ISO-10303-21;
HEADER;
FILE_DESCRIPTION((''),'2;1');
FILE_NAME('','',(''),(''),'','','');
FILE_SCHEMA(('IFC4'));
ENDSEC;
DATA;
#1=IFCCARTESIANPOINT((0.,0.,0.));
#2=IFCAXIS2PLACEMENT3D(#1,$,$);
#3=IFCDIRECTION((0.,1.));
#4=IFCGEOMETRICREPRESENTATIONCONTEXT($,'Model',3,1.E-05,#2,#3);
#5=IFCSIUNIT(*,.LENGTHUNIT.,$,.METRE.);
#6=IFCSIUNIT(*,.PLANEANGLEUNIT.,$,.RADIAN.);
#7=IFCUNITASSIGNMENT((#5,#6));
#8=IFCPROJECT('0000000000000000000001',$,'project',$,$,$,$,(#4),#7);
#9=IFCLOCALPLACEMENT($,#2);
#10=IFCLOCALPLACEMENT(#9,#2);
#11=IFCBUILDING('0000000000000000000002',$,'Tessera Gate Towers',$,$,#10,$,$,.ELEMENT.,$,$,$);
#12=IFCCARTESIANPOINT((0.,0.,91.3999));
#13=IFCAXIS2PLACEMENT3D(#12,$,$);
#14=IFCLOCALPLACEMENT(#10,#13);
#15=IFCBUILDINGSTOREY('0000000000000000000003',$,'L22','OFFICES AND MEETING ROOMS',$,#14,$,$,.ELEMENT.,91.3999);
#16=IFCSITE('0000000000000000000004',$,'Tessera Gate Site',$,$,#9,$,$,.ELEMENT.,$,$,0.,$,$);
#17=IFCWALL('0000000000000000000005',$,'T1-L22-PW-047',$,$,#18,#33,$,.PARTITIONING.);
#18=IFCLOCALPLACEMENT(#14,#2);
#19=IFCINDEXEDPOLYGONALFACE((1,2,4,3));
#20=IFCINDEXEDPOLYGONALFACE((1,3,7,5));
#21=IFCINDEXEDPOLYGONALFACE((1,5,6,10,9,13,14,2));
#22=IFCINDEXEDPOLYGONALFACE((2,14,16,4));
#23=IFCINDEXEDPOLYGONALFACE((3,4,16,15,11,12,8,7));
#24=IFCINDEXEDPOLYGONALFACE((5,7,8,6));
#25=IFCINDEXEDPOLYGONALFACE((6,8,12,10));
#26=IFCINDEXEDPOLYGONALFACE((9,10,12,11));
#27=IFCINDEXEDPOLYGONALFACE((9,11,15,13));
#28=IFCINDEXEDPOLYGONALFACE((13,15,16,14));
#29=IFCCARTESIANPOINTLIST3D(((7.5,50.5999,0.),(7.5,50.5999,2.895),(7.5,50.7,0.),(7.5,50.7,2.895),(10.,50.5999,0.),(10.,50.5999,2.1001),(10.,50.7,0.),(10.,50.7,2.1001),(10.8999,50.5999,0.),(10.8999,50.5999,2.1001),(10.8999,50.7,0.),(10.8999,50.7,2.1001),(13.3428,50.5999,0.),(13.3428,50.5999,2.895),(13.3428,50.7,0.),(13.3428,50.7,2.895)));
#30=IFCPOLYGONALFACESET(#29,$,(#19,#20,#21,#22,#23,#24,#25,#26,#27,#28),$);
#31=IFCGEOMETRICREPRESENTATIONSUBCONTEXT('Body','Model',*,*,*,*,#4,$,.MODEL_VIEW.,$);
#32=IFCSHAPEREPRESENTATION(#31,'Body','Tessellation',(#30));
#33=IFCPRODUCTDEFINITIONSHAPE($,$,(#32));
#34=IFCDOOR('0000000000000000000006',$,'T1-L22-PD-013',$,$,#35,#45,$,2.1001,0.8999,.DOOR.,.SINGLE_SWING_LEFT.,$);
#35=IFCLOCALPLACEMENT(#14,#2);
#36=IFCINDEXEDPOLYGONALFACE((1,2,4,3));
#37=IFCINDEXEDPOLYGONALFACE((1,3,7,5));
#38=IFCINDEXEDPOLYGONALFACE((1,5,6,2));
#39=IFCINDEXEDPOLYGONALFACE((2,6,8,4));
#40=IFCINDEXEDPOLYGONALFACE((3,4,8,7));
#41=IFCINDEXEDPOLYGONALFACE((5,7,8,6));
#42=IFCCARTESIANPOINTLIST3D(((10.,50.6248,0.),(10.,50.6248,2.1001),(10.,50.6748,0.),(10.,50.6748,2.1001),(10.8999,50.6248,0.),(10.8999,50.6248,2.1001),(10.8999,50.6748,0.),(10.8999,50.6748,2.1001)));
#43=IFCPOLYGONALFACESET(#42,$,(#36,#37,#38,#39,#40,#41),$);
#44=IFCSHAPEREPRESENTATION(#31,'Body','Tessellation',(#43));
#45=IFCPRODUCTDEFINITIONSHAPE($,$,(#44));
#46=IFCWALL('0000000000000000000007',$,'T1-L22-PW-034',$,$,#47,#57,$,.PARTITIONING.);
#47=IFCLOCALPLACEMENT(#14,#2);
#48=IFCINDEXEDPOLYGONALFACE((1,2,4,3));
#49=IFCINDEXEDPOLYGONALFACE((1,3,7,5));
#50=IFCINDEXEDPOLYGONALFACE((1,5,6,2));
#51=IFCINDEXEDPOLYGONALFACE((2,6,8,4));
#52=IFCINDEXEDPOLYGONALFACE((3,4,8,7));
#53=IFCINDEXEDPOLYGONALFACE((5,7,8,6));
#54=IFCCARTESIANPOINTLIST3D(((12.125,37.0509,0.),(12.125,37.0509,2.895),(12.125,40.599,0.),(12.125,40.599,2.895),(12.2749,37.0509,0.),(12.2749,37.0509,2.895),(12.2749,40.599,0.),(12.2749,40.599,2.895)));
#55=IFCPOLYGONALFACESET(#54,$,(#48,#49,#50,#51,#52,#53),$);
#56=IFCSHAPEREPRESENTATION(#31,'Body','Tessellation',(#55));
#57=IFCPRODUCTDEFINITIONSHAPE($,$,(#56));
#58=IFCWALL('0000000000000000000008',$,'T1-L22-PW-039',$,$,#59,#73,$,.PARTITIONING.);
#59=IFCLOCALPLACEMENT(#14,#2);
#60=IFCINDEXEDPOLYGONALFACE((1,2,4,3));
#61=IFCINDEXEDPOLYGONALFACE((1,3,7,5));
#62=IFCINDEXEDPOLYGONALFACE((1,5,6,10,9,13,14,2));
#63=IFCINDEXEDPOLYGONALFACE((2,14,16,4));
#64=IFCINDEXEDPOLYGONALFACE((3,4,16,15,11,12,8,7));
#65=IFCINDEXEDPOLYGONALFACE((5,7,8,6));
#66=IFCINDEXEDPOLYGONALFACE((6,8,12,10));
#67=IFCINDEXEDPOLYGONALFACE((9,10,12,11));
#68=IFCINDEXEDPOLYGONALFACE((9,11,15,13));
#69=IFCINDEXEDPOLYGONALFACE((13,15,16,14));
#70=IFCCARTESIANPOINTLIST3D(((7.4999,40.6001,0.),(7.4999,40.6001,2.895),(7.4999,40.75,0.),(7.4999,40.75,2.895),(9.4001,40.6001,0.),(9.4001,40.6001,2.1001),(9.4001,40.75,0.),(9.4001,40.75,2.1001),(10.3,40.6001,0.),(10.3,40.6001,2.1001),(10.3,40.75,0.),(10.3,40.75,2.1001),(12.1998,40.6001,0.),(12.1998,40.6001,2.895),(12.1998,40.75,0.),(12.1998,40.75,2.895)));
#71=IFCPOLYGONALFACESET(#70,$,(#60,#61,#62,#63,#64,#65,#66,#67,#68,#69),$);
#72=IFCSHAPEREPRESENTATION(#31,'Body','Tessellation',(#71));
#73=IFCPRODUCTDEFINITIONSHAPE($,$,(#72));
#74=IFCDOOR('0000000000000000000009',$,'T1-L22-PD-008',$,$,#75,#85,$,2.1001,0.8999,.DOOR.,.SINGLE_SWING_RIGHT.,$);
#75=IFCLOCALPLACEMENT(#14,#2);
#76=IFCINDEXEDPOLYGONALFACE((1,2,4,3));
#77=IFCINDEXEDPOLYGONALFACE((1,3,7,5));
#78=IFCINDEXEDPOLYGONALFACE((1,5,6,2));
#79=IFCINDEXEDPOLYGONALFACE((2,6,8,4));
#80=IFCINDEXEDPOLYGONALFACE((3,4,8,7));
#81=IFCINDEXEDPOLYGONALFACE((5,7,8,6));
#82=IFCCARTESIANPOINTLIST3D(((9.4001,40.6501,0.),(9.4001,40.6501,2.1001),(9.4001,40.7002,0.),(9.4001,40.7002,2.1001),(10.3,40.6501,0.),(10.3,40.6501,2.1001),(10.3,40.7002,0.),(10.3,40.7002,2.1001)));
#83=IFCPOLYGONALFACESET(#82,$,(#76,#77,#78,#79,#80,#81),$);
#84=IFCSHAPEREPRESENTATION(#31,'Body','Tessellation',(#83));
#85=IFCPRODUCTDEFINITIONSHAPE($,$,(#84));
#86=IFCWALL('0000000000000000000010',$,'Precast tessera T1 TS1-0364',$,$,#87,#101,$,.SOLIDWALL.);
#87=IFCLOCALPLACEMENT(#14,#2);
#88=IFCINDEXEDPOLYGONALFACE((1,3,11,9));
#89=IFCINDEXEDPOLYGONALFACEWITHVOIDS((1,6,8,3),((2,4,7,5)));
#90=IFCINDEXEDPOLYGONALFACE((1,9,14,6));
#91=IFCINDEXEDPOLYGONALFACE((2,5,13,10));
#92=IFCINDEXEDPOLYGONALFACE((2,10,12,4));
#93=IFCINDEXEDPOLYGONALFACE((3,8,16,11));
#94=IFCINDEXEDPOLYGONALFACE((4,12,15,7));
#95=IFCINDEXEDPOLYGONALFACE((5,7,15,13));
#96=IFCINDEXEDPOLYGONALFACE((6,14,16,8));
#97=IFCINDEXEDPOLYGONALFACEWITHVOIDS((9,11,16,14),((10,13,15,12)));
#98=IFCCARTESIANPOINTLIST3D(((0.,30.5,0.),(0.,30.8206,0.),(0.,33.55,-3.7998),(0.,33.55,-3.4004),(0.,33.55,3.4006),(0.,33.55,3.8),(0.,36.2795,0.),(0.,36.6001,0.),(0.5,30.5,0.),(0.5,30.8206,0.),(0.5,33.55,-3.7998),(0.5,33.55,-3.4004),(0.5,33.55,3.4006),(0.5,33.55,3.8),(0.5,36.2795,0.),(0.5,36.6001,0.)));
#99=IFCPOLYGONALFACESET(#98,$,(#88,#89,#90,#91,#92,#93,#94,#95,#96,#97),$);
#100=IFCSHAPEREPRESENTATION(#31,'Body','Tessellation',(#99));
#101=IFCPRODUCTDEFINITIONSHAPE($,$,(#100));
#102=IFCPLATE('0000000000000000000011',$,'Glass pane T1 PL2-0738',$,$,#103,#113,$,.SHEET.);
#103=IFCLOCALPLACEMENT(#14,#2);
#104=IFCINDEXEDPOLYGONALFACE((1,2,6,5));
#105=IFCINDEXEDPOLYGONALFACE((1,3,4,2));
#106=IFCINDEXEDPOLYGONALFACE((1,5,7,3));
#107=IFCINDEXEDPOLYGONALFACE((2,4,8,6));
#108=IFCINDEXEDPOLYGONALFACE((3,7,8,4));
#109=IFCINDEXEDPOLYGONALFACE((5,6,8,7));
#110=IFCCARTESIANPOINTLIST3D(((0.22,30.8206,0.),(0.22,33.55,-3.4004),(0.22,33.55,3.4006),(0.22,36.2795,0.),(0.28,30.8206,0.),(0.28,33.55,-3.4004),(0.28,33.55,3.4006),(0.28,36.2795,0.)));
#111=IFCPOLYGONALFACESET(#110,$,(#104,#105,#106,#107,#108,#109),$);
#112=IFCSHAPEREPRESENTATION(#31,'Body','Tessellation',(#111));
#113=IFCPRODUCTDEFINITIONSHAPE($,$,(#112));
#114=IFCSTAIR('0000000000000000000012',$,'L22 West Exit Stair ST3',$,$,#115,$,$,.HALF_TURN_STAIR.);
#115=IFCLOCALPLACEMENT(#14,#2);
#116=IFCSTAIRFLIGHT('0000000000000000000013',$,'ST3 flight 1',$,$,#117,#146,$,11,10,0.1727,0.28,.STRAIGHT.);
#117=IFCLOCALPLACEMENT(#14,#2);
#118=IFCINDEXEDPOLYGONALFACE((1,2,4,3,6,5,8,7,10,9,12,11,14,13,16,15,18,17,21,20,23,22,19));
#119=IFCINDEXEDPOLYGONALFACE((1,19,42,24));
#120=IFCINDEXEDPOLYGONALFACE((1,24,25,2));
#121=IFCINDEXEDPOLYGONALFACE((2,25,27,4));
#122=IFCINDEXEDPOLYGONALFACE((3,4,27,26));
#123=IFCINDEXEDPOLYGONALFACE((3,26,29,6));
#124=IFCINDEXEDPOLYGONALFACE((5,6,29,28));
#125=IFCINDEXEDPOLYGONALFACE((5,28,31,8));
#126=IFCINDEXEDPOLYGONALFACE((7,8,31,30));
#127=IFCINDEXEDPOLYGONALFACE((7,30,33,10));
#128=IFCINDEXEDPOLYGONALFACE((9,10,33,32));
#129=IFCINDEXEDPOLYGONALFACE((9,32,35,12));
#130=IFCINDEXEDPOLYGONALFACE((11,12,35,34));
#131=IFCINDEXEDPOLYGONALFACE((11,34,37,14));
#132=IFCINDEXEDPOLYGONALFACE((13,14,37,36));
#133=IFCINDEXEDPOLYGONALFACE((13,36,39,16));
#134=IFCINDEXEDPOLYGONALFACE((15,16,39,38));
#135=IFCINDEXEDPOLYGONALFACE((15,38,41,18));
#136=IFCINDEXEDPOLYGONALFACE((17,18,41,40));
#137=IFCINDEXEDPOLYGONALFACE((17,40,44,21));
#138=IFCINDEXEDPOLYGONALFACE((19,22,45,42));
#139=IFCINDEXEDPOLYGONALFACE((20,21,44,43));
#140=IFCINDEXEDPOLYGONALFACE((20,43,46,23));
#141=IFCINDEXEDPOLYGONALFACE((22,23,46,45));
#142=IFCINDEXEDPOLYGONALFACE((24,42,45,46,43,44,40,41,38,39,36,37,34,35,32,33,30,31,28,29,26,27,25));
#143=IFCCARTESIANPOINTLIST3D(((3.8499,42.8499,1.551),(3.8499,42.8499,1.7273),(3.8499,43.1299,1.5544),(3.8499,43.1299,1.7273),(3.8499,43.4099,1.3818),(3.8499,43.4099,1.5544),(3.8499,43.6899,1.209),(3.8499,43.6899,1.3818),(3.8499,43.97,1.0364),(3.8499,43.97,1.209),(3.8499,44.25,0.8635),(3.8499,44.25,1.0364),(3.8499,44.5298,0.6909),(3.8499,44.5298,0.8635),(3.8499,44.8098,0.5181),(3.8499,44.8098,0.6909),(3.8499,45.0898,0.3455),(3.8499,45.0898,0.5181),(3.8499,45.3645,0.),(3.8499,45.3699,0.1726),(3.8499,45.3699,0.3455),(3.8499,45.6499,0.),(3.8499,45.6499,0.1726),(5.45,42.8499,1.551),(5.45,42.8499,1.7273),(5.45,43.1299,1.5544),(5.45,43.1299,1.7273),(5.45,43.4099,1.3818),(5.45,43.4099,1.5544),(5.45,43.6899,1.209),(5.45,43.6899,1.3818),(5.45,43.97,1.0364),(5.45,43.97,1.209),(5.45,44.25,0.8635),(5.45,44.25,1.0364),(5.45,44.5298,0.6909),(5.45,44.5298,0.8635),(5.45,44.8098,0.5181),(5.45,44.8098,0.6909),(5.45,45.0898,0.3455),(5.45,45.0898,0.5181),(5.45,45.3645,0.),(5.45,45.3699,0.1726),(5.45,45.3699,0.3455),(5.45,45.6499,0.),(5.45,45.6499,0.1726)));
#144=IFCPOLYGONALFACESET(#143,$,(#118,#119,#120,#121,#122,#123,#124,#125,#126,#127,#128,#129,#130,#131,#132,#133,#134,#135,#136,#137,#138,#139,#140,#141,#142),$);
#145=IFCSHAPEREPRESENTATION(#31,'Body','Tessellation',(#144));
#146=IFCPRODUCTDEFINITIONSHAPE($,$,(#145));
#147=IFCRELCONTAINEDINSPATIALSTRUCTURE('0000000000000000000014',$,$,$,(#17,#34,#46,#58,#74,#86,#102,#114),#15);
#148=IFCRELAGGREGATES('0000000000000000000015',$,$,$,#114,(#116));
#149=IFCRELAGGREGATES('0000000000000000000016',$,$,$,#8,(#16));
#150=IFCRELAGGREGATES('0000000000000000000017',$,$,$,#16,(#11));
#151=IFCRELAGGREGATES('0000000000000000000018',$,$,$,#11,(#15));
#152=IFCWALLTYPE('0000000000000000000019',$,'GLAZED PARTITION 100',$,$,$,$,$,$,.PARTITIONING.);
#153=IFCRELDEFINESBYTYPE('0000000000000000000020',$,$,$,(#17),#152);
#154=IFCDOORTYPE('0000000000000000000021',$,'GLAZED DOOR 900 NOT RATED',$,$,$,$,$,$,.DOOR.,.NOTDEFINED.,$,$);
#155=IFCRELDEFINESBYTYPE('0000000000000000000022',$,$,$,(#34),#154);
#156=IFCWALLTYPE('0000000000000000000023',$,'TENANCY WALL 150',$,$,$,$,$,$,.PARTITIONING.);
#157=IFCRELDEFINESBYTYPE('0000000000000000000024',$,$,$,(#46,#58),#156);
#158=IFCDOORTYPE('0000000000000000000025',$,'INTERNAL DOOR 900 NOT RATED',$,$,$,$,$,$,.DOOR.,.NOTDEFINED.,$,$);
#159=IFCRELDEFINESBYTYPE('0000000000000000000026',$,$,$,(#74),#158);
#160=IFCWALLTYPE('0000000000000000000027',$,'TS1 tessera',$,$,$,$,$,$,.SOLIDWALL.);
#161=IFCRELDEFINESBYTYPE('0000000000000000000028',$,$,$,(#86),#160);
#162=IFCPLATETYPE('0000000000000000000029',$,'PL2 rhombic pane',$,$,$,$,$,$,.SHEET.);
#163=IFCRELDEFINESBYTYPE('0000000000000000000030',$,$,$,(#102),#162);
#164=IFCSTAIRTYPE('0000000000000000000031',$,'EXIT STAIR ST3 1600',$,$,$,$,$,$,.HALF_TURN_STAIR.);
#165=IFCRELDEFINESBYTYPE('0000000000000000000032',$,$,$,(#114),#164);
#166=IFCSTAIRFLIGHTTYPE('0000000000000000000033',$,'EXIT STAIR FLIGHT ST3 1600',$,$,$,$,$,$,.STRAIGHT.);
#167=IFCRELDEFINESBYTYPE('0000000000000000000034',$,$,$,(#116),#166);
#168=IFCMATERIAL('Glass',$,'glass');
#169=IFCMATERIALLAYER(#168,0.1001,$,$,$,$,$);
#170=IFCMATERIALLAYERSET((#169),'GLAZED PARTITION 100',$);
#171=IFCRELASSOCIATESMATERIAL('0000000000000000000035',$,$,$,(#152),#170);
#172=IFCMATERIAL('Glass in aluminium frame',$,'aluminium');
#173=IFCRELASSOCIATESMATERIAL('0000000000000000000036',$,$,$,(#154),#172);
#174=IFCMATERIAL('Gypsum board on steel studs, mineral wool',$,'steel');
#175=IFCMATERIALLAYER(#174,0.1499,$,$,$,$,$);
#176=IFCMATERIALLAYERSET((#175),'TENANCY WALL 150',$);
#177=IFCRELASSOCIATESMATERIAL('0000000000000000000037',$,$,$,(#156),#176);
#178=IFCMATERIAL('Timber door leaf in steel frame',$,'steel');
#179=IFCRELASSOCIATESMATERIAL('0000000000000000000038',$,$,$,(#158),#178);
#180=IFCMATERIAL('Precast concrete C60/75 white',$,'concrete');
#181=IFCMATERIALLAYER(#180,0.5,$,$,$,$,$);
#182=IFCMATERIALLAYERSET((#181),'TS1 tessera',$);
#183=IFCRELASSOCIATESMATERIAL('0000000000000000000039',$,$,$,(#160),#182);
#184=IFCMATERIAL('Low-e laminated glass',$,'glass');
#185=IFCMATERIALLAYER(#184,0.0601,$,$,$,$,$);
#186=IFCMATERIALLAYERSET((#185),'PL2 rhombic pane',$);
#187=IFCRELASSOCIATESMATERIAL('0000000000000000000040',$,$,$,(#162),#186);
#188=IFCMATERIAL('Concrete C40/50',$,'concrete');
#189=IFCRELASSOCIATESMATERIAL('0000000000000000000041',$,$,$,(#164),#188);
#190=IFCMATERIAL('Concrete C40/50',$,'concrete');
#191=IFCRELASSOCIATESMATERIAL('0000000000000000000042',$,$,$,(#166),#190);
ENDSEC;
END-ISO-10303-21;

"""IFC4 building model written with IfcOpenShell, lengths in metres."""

from ifc_helpers import new_model, si_unit, direction, frame, frame_2d, origin, place, context, subcontext, project, spatial, polyline, rectangle, outline, extrude, source, transform, mapped, material, layer, layer_set, type_object, element, fill, aggregate, save


model = new_model("IFC4")

# Units and contexts
model_context = context("Model", 3, precision=1e-05, world=origin(), true_north=direction((0.0, 1.0)))
body_context = subcontext(model_context, "Body", "Model", "MODEL_VIEW")
ifc_project = project(units=[si_unit("LENGTHUNIT", "METRE"), si_unit("PLANEANGLEUNIT", "RADIAN")], contexts=[model_context])

# Site, building, storey
site_placement = place(None, origin())
site = spatial("IfcSite", under=ifc_project, at=site_placement, Name="Tessera Gate Site", CompositionType="ELEMENT", RefElevation=0.0)
building_placement = place(site_placement, origin())
building = spatial("IfcBuilding", under=site, at=building_placement, Name="Tessera Gate Towers", CompositionType="ELEMENT")
storey_placement = place(building_placement, frame((0.0, 0.0, 91.3999)))
storey = spatial("IfcBuildingStorey", under=building, at=storey_placement, Name="L22", Description="OFFICES AND MEETING ROOMS", CompositionType="ELEMENT", Elevation=91.3999)

# Shared definitions
shared_shape_1 = source(origin(), body_context, "Body", "SweptSolid", [
    extrude(rectangle(XDim=0.8999, YDim=2.1001, at=frame_2d((0.45, 1.05))), frame((0.0, 0.085, 0.0), z_axis=(0.0, -1.0, 0.0), x_axis=(1.0, 0.0, 0.0)), (0.0, 0.0, 1.0), 0.1699),
])
shared_shape_2 = source(origin(), body_context, "Body", "SweptSolid", [
    extrude(rectangle(XDim=0.8999, YDim=2.1001, at=frame_2d((0.45, 1.05))), frame((0.0, 0.0249, 0.0), z_axis=(0.0, -1.0, 0.0), x_axis=(1.0, 0.0, 0.0)), (0.0, 0.0, 1.0), 0.05),
])

# Shared definitions
ifc_material_1 = material(Name="Glass", Category="glass")
ifc_layer_1 = layer(ifc_material_1, 0.1001)
ifc_layer_set_1 = layer_set([ifc_layer_1], Name="GLAZED PARTITION 100")
wall_type_1 = type_object("IfcWallType", Name="GLAZED PARTITION 100", PredefinedType="PARTITIONING", material=ifc_layer_set_1)

# Wall, opening, door
wall_1_placement = place(storey_placement, frame((7.5, 50.6499, 0.0), z_axis=(0.0, 0.0, 1.0), x_axis=(1.0, 0.0, 0.0)))
wall_1 = element("IfcWall", 1, at=wall_1_placement, inside=storey, type_object=wall_type_1, Name="T1-L22-PW-047", PredefinedType="PARTITIONING", context=body_context, shape_type="SweptSolid", body=[
    extrude(rectangle(XDim=5.8428, YDim=0.1001, at=frame_2d((2.9214, 0.0))), origin(), (0.0, 0.0, 1.0), 2.895),
])
shared_shape_3 = source(origin(), body_context, "Body", "SweptSolid", [
    extrude(rectangle(XDim=0.8999, YDim=2.1001, at=frame_2d((0.45, 1.05))), frame((0.0, 0.0601, 0.0), z_axis=(0.0, -1.0, 0.0), x_axis=(1.0, 0.0, 0.0)), (0.0, 0.0, 1.0), 0.1201),
])
opening_1_placement = place(wall_1_placement, frame((2.5, 0.0, 0.0)))
opening_1 = element("IfcOpeningElement", 2, at=opening_1_placement, cuts=wall_1, PredefinedType="OPENING", context=body_context, shape_type="MappedRepresentation", body=[
    mapped(shared_shape_3, transform((0.0, 0.0, 0.0), scale=1.0)),
])
ifc_material_2 = material(Name="Glass in aluminium frame", Category="aluminium")
door_type_1 = type_object("IfcDoorType", Name="GLAZED DOOR 900 NOT RATED", OperationType="NOTDEFINED", PredefinedType="DOOR", material=ifc_material_2)
door_1_placement = place(opening_1_placement, origin())
door_1 = element("IfcDoor", 3, at=door_1_placement, inside=storey, type_object=door_type_1, Name="T1-L22-PD-013", OperationType="SINGLE_SWING_LEFT", OverallHeight=2.1001, OverallWidth=0.8999, PredefinedType="DOOR", context=body_context, shape_type="MappedRepresentation", body=[
    mapped(shared_shape_2, transform((0.0, 0.0, 0.0), scale=1.0)),
])
fill(opening_1, door_1)

# Wall
ifc_material_3 = material(Name="Gypsum board on steel studs, mineral wool", Category="steel")
ifc_layer_2 = layer(ifc_material_3, 0.1499)
ifc_layer_set_2 = layer_set([ifc_layer_2], Name="TENANCY WALL 150")
wall_type_2 = type_object("IfcWallType", Name="TENANCY WALL 150", PredefinedType="PARTITIONING", material=ifc_layer_set_2)
wall_2_placement = place(storey_placement, frame((12.2, 37.051, 0.0), z_axis=(0.0, 0.0, 1.0), x_axis=(0.0, 1.0, 0.0)))
element("IfcWall", 4, at=wall_2_placement, inside=storey, type_object=wall_type_2, Name="T1-L22-PW-034", PredefinedType="PARTITIONING", context=body_context, shape_type="SweptSolid", body=[
    extrude(rectangle(XDim=3.5481, YDim=0.1499, at=frame_2d((1.7739, 0.0))), origin(), (0.0, 0.0, 1.0), 2.895),
])

# Wall, opening, door
wall_3_placement = place(storey_placement, frame((12.2, 40.675, 0.0), z_axis=(0.0, 0.0, 1.0), x_axis=(-1.0, 0.0, 0.0)))
wall_3 = element("IfcWall", 5, at=wall_3_placement, inside=storey, type_object=wall_type_2, Name="T1-L22-PW-039", PredefinedType="PARTITIONING", context=body_context, shape_type="SweptSolid", body=[
    extrude(rectangle(XDim=4.7, YDim=0.1499, at=frame_2d((2.3501, 0.0))), origin(), (0.0, 0.0, 1.0), 2.895),
])
opening_2_placement = place(wall_3_placement, frame((1.8999, 0.0, 0.0)))
opening_2 = element("IfcOpeningElement", 6, at=opening_2_placement, cuts=wall_3, PredefinedType="OPENING", context=body_context, shape_type="MappedRepresentation", body=[
    mapped(shared_shape_1, transform((0.0, 0.0, 0.0), scale=1.0)),
])
ifc_material_4 = material(Name="Timber door leaf in steel frame", Category="steel")
door_type_2 = type_object("IfcDoorType", Name="INTERNAL DOOR 900 NOT RATED", OperationType="NOTDEFINED", PredefinedType="DOOR", material=ifc_material_4)
door_2_placement = place(opening_2_placement, origin())
door_2 = element("IfcDoor", 7, at=door_2_placement, inside=storey, type_object=door_type_2, Name="T1-L22-PD-008", OperationType="SINGLE_SWING_RIGHT", OverallHeight=2.1001, OverallWidth=0.8999, PredefinedType="DOOR", context=body_context, shape_type="MappedRepresentation", body=[
    mapped(shared_shape_2, transform((0.0, 0.0, 0.0), scale=1.0)),
])
fill(opening_2, door_2)

# Wall, opening, plate
ifc_material_5 = material(Name="Precast concrete C60/75 white", Category="concrete")
ifc_layer_3 = layer(ifc_material_5, 0.5)
ifc_layer_set_3 = layer_set([ifc_layer_3], Name="TS1 tessera")
wall_type_3 = type_object("IfcWallType", Name="TS1 tessera", PredefinedType="SOLIDWALL", material=ifc_layer_set_3)
shared_shape_4 = source(origin(), body_context, "Body", "SweptSolid", [
    extrude(outline(polyline([(3.05, 0.0), (6.1001, 3.7998), (3.05, 7.5999), (0.0, 3.7998), (3.05, 0.0)])), frame((0.0, 0.25, 0.0), z_axis=(0.0, -1.0, 0.0), x_axis=(1.0, 0.0, 0.0)), (0.0, 0.0, 1.0), 0.5),
])
wall_4_placement = place(storey_placement, frame((0.25, 36.6001, -3.7998), z_axis=(0.0, 0.0, 1.0), x_axis=(0.0, -1.0, 0.0)))
wall_4 = element("IfcWall", 8, at=wall_4_placement, inside=storey, type_object=wall_type_3, Name="Precast tessera T1 TS1-0364", PredefinedType="SOLIDWALL", context=body_context, shape_type="MappedRepresentation", body=[
    mapped(shared_shape_4, transform((0.0, 0.0, 0.0), scale=1.0)),
])
shared_shape_5 = source(origin(), body_context, "Body", "SweptSolid", [
    extrude(outline(polyline([(3.05, 0.3994), (5.7795, 3.7998), (3.05, 7.2004), (0.3206, 3.7998), (3.05, 0.3994)])), frame((0.0, 0.26, 0.0), z_axis=(0.0, -1.0, 0.0), x_axis=(1.0, 0.0, 0.0)), (0.0, 0.0, 1.0), 0.52),
])
opening_3_placement = place(wall_4_placement, origin())
opening_3 = element("IfcOpeningElement", 9, at=opening_3_placement, cuts=wall_4, PredefinedType="OPENING", context=body_context, shape_type="MappedRepresentation", body=[
    mapped(shared_shape_5, transform((0.0, 0.0, 0.0), scale=1.0)),
])
ifc_material_6 = material(Name="Low-e laminated glass", Category="glass")
ifc_layer_4 = layer(ifc_material_6, 0.0601)
ifc_layer_set_4 = layer_set([ifc_layer_4], Name="PL2 rhombic pane")
plate_type = type_object("IfcPlateType", Name="PL2 rhombic pane", PredefinedType="SHEET", material=ifc_layer_set_4)
shared_shape_6 = source(origin(), body_context, "Body", "SweptSolid", [
    extrude(outline(polyline([(3.05, 0.3994), (5.7795, 3.7998), (3.05, 7.2004), (0.3206, 3.7998), (3.05, 0.3994)])), frame((0.0, 0.03, 0.0), z_axis=(0.0, -1.0, 0.0), x_axis=(1.0, 0.0, 0.0)), (0.0, 0.0, 1.0), 0.0601),
])
plate_placement = place(opening_3_placement, origin())
plate = element("IfcPlate", 10, at=plate_placement, inside=storey, type_object=plate_type, Name="Glass pane T1 PL2-0738", PredefinedType="SHEET", context=body_context, shape_type="MappedRepresentation", body=[
    mapped(shared_shape_6, transform((0.0, 0.0, 0.0), scale=1.0)),
])
fill(opening_3, plate)

# Stair, stair flight
ifc_material_7 = material(Name="Concrete C40/50", Category="concrete")
stair_type = type_object("IfcStairType", Name="EXIT STAIR ST3 1600", PredefinedType="HALF_TURN_STAIR", material=ifc_material_7)
stair_placement = place(storey_placement, origin())
stair = element("IfcStair", 11, at=stair_placement, inside=storey, type_object=stair_type, Name="L22 West Exit Stair ST3", PredefinedType="HALF_TURN_STAIR")
ifc_material_8 = material(Name="Concrete C40/50", Category="concrete")
stair_flight_type = type_object("IfcStairFlightType", Name="EXIT STAIR FLIGHT ST3 1600", PredefinedType="STRAIGHT", material=ifc_material_8)
stair_flight_1_placement = place(storey_placement, frame((4.6499, 45.6499, 0.0), z_axis=(0.0, 0.0, 1.0), x_axis=(0.0, -1.0, 0.0)))
stair_flight_1 = element("IfcStairFlight", 12, at=stair_flight_1_placement, type_object=stair_flight_type, Name="ST3 flight 1", NumberOfRisers=11, NumberOfTreads=10, PredefinedType="STRAIGHT", RiserHeight=0.1727, TreadLength=0.28, context=body_context, shape_type="SweptSolid", body=[
    extrude(outline(polyline([(0.0, 0.0), (0.0, 0.1726), (0.28, 0.1726), (0.28, 0.3455), (0.5601, 0.3455), (0.5601, 0.5181), (0.8401, 0.5181), (0.8401, 0.6909), (1.1201, 0.6909), (1.1201, 0.8635), (1.3999, 0.8635), (1.3999, 1.0364), (1.6799, 1.0364), (1.6799, 1.209), (1.96, 1.209), (1.96, 1.3818), (2.24, 1.3818), (2.24, 1.5544), (2.52, 1.5544), (2.52, 1.7273), (2.8, 1.7273), (2.8, 1.8999), (2.8, 1.551), (0.2854, 0.0), (0.0, 0.0)])), frame((0.0, 0.8, 0.0), z_axis=(0.0, -1.0, 0.0), x_axis=(1.0, 0.0, 0.0)), (0.0, 0.0, 1.0), 1.6001),
])
aggregate(stair, [stair_flight_1])

save(model, "model.ifc")
